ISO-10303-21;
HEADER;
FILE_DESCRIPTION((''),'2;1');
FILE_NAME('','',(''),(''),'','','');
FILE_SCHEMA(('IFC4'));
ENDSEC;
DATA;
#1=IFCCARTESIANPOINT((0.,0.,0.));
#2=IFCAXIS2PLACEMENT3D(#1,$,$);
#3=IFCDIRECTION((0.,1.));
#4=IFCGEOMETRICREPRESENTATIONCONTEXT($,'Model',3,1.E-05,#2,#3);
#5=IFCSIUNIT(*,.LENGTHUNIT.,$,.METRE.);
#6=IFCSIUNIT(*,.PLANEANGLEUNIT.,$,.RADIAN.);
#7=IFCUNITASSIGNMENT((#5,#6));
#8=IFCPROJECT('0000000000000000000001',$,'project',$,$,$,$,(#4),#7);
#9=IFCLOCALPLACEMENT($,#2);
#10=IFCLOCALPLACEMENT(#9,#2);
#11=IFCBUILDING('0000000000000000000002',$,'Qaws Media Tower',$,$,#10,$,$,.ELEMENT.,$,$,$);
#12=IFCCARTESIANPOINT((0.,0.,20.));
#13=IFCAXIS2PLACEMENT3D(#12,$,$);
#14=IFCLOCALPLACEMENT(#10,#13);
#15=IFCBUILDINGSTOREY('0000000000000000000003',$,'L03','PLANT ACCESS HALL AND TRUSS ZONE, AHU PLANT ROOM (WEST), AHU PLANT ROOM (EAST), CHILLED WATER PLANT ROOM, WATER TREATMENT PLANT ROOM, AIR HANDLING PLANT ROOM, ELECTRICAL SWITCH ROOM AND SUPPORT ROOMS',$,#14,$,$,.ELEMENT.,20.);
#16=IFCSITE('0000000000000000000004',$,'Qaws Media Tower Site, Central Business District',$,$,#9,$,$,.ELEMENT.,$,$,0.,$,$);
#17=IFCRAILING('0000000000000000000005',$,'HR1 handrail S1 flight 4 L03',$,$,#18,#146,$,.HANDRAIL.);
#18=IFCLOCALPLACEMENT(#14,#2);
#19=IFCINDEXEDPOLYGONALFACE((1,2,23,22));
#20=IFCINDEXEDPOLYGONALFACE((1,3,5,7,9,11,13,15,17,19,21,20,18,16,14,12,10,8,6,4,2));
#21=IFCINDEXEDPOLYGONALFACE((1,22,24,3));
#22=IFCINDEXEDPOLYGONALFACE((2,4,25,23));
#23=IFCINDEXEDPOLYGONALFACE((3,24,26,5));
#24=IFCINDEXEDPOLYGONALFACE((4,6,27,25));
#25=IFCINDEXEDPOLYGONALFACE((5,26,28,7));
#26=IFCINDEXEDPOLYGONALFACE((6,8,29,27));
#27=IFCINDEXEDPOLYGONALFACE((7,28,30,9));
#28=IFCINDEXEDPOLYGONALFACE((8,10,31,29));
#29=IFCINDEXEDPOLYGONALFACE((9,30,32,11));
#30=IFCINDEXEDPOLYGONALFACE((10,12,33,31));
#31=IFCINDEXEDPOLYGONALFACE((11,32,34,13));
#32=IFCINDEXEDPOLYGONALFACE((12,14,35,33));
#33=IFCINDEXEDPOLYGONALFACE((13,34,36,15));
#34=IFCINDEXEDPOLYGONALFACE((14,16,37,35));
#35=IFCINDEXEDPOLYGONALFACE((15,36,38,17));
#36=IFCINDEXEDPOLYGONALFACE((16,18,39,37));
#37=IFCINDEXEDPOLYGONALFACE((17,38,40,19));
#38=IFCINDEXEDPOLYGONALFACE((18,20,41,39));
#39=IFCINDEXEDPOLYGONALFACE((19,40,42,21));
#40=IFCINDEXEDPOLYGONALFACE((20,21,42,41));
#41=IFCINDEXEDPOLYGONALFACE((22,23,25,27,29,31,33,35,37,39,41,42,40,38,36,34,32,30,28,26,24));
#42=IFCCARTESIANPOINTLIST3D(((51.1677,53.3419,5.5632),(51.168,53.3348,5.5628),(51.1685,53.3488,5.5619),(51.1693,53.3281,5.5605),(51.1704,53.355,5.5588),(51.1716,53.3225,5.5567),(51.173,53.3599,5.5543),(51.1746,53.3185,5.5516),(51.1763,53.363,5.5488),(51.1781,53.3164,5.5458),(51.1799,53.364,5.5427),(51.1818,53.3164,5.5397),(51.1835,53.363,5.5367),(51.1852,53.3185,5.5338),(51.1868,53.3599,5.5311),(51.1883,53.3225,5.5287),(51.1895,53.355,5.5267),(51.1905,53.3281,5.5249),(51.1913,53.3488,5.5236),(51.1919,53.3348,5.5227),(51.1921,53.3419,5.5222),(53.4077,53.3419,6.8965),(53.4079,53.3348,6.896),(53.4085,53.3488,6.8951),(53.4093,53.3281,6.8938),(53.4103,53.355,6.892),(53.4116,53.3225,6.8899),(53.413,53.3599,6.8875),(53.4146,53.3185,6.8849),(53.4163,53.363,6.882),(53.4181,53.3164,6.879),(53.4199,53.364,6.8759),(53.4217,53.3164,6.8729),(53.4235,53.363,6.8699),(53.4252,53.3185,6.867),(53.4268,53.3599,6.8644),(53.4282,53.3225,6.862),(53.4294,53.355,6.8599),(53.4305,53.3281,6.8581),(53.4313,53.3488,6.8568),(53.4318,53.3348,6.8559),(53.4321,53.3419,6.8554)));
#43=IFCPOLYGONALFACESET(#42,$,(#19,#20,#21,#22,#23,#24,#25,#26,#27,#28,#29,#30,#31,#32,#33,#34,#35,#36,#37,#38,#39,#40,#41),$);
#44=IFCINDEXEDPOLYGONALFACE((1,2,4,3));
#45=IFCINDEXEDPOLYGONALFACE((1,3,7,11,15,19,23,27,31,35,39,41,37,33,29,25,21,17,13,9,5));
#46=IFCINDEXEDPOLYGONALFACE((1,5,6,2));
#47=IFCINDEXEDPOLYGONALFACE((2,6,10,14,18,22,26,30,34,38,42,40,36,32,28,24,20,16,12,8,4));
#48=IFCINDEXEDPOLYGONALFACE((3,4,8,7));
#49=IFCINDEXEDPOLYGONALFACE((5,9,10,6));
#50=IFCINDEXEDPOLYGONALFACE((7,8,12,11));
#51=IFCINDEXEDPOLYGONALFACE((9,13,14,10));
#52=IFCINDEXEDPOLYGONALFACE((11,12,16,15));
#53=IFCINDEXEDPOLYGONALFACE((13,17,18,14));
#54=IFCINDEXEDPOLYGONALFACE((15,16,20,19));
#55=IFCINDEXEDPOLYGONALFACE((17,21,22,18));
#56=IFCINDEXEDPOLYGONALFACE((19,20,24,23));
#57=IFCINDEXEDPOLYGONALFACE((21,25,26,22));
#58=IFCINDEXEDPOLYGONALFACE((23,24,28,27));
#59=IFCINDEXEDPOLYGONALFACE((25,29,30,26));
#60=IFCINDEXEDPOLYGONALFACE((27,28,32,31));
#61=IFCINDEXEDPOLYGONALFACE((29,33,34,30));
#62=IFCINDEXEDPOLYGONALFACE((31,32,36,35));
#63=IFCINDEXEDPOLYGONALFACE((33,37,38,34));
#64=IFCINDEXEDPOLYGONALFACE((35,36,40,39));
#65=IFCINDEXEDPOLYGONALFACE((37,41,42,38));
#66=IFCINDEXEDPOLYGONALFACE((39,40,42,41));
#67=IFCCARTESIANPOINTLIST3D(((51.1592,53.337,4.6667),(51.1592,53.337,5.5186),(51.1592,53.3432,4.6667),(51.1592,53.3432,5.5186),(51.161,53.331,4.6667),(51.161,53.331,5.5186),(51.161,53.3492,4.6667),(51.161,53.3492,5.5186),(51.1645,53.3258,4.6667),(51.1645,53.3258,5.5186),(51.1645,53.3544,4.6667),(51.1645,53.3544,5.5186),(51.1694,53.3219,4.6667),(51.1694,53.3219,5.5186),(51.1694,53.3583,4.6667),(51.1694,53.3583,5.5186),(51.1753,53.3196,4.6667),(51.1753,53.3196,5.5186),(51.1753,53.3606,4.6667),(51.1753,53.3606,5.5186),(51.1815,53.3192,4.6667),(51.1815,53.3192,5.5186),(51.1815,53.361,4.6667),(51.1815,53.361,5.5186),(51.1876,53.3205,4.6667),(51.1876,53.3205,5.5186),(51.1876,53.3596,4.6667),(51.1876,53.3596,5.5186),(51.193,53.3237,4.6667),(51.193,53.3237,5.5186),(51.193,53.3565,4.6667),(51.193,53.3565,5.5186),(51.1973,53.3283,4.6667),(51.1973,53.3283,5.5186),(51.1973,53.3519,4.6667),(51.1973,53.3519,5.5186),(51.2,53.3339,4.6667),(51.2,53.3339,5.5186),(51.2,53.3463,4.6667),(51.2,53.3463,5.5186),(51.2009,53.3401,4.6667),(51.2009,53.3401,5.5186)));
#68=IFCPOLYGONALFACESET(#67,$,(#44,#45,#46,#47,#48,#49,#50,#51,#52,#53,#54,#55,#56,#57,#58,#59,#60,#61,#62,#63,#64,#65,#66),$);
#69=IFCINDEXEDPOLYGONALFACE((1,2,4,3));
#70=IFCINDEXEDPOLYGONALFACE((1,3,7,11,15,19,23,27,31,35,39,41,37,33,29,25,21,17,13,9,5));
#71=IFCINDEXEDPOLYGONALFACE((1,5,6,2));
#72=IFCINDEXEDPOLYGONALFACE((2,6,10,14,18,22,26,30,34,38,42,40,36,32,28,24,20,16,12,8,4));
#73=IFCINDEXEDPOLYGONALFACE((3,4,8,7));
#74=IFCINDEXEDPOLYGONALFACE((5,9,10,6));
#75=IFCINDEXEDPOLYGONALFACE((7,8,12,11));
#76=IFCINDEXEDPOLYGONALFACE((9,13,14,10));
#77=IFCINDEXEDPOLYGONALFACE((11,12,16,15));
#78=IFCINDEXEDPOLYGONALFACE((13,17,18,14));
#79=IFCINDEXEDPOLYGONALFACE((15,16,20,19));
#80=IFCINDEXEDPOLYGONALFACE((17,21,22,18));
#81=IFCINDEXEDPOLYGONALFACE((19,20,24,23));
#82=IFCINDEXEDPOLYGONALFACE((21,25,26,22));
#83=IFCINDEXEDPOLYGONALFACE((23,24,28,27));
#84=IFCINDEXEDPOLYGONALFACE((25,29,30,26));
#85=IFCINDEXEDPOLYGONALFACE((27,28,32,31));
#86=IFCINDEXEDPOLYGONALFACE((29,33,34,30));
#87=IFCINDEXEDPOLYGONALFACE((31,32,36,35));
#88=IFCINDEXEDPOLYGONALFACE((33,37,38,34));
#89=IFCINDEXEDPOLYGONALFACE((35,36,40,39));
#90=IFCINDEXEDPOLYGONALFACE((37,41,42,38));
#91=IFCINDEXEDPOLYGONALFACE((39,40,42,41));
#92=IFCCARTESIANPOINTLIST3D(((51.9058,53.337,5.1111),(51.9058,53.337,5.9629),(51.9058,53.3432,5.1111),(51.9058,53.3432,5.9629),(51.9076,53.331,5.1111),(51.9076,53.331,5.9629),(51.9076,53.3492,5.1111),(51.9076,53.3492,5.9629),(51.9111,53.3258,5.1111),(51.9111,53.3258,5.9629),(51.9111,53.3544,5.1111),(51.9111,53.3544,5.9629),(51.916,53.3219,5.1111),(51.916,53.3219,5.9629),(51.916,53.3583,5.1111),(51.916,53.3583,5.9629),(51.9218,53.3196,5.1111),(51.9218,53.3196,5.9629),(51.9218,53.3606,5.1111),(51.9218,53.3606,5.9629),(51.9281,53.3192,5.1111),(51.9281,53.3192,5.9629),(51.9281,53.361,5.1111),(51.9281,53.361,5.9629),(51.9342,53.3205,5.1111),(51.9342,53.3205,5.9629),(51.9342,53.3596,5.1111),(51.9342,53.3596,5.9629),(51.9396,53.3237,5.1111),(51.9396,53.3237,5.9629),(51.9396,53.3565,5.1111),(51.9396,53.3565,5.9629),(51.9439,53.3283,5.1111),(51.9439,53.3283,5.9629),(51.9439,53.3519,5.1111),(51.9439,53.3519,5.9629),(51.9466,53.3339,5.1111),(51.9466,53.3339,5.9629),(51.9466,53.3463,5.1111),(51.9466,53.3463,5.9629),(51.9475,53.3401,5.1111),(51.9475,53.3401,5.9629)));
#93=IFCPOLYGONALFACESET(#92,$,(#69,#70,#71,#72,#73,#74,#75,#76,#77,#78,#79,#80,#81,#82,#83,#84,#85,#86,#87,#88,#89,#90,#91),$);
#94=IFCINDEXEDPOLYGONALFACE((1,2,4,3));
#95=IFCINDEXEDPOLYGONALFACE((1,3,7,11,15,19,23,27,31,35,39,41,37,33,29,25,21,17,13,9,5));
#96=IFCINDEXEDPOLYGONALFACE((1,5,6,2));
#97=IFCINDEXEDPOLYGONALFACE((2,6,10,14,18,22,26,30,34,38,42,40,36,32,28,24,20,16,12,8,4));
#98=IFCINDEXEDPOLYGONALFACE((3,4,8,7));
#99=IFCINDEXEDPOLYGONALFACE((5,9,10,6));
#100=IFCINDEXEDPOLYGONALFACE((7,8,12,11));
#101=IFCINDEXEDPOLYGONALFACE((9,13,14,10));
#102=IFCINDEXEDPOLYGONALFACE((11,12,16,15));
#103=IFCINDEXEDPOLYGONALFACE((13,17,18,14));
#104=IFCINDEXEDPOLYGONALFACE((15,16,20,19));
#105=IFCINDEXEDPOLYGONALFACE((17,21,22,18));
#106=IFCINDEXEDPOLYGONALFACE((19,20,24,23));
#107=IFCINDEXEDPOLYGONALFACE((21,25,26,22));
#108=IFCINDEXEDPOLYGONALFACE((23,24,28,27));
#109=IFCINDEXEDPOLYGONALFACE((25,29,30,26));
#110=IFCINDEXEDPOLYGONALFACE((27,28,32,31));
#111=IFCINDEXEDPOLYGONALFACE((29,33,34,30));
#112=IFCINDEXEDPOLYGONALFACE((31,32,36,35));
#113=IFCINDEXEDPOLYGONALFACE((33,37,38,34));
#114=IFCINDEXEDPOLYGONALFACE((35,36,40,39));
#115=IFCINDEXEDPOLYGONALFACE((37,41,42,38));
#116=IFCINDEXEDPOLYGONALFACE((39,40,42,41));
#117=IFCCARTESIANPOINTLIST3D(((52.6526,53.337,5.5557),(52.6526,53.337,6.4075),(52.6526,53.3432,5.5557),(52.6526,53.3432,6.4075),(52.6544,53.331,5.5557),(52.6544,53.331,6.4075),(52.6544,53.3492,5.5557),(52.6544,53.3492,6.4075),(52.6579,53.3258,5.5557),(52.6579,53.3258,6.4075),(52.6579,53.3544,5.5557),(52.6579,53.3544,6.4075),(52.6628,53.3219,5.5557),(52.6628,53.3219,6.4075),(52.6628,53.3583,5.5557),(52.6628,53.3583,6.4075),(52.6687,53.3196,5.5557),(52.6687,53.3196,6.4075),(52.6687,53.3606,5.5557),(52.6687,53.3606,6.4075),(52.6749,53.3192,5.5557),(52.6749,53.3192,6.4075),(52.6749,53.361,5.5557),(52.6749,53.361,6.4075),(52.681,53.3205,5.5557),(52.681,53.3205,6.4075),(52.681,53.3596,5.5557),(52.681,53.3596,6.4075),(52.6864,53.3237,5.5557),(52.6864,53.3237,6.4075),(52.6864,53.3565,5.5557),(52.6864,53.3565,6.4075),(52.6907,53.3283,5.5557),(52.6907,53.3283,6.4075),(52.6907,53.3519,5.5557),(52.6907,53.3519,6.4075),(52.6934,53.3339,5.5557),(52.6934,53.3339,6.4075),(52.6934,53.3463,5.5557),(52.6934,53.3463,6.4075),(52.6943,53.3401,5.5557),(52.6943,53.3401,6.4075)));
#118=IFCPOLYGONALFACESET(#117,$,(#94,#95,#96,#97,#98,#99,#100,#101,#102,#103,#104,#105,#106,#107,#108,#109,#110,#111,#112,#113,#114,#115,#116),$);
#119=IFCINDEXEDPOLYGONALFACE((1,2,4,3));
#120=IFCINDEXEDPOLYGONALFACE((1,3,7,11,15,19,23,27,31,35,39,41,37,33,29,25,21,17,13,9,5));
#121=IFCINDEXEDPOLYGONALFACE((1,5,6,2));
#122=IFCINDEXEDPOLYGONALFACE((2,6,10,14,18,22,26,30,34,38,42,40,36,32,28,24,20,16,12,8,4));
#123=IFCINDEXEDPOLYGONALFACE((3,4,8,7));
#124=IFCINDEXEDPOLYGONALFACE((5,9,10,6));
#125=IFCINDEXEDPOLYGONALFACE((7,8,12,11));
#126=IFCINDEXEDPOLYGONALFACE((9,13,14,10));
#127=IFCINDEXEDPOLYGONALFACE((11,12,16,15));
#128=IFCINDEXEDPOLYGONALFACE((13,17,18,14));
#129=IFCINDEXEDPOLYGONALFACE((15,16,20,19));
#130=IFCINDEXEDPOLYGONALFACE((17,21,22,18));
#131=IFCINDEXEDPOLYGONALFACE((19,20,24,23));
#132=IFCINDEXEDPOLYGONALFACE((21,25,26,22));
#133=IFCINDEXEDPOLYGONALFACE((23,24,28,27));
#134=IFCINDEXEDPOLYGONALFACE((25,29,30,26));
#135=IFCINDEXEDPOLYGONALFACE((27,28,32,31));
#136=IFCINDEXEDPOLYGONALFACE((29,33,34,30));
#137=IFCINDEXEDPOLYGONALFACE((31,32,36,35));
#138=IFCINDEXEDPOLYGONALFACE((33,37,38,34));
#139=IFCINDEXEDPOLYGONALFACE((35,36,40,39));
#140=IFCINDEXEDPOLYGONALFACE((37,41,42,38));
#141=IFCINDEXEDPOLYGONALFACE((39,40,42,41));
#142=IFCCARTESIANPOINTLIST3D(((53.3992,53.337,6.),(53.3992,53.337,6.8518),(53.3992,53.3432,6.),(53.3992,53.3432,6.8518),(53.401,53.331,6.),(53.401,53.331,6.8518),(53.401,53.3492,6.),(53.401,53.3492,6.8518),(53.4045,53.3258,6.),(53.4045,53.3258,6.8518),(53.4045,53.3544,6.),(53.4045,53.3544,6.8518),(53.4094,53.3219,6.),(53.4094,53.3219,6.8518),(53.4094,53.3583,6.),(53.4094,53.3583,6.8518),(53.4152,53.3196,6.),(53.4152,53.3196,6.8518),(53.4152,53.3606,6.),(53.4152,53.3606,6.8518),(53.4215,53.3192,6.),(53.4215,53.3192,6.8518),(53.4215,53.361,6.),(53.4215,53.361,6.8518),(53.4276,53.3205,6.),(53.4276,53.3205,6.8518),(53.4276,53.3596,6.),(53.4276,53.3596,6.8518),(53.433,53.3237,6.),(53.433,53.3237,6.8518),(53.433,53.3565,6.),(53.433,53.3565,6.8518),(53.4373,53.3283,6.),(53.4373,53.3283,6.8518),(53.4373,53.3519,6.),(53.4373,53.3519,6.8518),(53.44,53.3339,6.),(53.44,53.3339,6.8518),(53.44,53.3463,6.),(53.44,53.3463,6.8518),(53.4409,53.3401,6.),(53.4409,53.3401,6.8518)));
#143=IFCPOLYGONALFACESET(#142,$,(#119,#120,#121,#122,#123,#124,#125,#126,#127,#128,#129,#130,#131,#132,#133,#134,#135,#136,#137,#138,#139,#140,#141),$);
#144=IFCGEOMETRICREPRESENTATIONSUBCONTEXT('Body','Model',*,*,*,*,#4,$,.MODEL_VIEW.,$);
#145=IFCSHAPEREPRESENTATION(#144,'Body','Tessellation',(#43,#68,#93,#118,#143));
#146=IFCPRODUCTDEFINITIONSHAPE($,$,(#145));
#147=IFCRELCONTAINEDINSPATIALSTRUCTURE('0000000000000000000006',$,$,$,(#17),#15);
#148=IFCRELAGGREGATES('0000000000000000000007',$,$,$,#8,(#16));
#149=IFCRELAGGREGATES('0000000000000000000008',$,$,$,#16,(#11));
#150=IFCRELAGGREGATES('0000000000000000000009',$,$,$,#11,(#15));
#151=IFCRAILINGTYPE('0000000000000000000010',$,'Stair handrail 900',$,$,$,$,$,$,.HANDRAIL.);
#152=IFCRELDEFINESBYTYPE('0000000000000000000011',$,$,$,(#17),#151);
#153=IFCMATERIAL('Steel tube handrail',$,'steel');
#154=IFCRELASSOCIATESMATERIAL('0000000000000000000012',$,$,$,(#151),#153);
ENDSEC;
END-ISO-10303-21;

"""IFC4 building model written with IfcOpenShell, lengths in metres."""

from ifc_helpers import new_model, si_unit, direction, frame, origin, origin_2d, place, context, subcontext, project, spatial, circle, extrude, material, type_object, element, save


model = new_model("IFC4")

# Units and contexts
model_context = context("Model", 3, precision=1e-05, world=origin(), true_north=direction((0.0, 1.0)))
body_context = subcontext(model_context, "Body", "Model", "MODEL_VIEW")
ifc_project = project(units=[si_unit("LENGTHUNIT", "METRE"), si_unit("PLANEANGLEUNIT", "RADIAN")], contexts=[model_context])

# Site, building, storey
site_placement = place(None, origin())
site = spatial("IfcSite", under=ifc_project, at=site_placement, Name="Qaws Media Tower Site, Central Business District", CompositionType="ELEMENT", RefElevation=0.0)
building_placement = place(site_placement, origin())
building = spatial("IfcBuilding", under=site, at=building_placement, Name="Qaws Media Tower", CompositionType="ELEMENT")
storey_placement = place(building_placement, frame((0.0, 0.0, 20.0)))
storey = spatial("IfcBuildingStorey", under=building, at=storey_placement, Name="L03", Description="PLANT ACCESS HALL AND TRUSS ZONE, AHU PLANT ROOM (WEST), AHU PLANT ROOM (EAST), CHILLED WATER PLANT ROOM, WATER TREATMENT PLANT ROOM, AIR HANDLING PLANT ROOM, ELECTRICAL SWITCH ROOM AND SUPPORT ROOMS", CompositionType="ELEMENT", Elevation=20.0)

# Railing
ifc_material_1 = material(Name="Steel tube handrail", Category="steel")
railing_type = type_object("IfcRailingType", Name="Stair handrail 900", PredefinedType="HANDRAIL", material=ifc_material_1)
for number, where, name in (
    (1, (51.1799, 53.3401, 4.6667), "HR1 handrail S1 flight 4 L03"),
):
    element("IfcRailing", number, at=place(storey_placement, frame(where)), inside=storey, type_object=railing_type, Name=name, PredefinedType="HANDRAIL", context=body_context, shape_type="SweptSolid", body=[
        extrude(circle(Radius=0.0239, at=origin_2d()), frame((0.0, 0.0, 0.876), z_axis=(0.859306, 0.0, 0.511462), x_axis=(0.0, 1.0, 0.0)), (0.0, 0.0, 1.0), 2.6067),
        extrude(circle(Radius=0.021, at=origin_2d()), origin(), (0.0, 0.0, 1.0), 0.8518),
        extrude(circle(Radius=0.021, at=origin_2d()), frame((0.7466, 0.0, 0.4443)), (0.0, 0.0, 1.0), 0.8518),
        extrude(circle(Radius=0.021, at=origin_2d()), frame((1.4934, 0.0, 0.8889)), (0.0, 0.0, 1.0), 0.8518),
        extrude(circle(Radius=0.021, at=origin_2d()), frame((2.24, 0.0, 1.3333)), (0.0, 0.0, 1.0), 0.8518),
    ])

save(model, "model.ifc")
